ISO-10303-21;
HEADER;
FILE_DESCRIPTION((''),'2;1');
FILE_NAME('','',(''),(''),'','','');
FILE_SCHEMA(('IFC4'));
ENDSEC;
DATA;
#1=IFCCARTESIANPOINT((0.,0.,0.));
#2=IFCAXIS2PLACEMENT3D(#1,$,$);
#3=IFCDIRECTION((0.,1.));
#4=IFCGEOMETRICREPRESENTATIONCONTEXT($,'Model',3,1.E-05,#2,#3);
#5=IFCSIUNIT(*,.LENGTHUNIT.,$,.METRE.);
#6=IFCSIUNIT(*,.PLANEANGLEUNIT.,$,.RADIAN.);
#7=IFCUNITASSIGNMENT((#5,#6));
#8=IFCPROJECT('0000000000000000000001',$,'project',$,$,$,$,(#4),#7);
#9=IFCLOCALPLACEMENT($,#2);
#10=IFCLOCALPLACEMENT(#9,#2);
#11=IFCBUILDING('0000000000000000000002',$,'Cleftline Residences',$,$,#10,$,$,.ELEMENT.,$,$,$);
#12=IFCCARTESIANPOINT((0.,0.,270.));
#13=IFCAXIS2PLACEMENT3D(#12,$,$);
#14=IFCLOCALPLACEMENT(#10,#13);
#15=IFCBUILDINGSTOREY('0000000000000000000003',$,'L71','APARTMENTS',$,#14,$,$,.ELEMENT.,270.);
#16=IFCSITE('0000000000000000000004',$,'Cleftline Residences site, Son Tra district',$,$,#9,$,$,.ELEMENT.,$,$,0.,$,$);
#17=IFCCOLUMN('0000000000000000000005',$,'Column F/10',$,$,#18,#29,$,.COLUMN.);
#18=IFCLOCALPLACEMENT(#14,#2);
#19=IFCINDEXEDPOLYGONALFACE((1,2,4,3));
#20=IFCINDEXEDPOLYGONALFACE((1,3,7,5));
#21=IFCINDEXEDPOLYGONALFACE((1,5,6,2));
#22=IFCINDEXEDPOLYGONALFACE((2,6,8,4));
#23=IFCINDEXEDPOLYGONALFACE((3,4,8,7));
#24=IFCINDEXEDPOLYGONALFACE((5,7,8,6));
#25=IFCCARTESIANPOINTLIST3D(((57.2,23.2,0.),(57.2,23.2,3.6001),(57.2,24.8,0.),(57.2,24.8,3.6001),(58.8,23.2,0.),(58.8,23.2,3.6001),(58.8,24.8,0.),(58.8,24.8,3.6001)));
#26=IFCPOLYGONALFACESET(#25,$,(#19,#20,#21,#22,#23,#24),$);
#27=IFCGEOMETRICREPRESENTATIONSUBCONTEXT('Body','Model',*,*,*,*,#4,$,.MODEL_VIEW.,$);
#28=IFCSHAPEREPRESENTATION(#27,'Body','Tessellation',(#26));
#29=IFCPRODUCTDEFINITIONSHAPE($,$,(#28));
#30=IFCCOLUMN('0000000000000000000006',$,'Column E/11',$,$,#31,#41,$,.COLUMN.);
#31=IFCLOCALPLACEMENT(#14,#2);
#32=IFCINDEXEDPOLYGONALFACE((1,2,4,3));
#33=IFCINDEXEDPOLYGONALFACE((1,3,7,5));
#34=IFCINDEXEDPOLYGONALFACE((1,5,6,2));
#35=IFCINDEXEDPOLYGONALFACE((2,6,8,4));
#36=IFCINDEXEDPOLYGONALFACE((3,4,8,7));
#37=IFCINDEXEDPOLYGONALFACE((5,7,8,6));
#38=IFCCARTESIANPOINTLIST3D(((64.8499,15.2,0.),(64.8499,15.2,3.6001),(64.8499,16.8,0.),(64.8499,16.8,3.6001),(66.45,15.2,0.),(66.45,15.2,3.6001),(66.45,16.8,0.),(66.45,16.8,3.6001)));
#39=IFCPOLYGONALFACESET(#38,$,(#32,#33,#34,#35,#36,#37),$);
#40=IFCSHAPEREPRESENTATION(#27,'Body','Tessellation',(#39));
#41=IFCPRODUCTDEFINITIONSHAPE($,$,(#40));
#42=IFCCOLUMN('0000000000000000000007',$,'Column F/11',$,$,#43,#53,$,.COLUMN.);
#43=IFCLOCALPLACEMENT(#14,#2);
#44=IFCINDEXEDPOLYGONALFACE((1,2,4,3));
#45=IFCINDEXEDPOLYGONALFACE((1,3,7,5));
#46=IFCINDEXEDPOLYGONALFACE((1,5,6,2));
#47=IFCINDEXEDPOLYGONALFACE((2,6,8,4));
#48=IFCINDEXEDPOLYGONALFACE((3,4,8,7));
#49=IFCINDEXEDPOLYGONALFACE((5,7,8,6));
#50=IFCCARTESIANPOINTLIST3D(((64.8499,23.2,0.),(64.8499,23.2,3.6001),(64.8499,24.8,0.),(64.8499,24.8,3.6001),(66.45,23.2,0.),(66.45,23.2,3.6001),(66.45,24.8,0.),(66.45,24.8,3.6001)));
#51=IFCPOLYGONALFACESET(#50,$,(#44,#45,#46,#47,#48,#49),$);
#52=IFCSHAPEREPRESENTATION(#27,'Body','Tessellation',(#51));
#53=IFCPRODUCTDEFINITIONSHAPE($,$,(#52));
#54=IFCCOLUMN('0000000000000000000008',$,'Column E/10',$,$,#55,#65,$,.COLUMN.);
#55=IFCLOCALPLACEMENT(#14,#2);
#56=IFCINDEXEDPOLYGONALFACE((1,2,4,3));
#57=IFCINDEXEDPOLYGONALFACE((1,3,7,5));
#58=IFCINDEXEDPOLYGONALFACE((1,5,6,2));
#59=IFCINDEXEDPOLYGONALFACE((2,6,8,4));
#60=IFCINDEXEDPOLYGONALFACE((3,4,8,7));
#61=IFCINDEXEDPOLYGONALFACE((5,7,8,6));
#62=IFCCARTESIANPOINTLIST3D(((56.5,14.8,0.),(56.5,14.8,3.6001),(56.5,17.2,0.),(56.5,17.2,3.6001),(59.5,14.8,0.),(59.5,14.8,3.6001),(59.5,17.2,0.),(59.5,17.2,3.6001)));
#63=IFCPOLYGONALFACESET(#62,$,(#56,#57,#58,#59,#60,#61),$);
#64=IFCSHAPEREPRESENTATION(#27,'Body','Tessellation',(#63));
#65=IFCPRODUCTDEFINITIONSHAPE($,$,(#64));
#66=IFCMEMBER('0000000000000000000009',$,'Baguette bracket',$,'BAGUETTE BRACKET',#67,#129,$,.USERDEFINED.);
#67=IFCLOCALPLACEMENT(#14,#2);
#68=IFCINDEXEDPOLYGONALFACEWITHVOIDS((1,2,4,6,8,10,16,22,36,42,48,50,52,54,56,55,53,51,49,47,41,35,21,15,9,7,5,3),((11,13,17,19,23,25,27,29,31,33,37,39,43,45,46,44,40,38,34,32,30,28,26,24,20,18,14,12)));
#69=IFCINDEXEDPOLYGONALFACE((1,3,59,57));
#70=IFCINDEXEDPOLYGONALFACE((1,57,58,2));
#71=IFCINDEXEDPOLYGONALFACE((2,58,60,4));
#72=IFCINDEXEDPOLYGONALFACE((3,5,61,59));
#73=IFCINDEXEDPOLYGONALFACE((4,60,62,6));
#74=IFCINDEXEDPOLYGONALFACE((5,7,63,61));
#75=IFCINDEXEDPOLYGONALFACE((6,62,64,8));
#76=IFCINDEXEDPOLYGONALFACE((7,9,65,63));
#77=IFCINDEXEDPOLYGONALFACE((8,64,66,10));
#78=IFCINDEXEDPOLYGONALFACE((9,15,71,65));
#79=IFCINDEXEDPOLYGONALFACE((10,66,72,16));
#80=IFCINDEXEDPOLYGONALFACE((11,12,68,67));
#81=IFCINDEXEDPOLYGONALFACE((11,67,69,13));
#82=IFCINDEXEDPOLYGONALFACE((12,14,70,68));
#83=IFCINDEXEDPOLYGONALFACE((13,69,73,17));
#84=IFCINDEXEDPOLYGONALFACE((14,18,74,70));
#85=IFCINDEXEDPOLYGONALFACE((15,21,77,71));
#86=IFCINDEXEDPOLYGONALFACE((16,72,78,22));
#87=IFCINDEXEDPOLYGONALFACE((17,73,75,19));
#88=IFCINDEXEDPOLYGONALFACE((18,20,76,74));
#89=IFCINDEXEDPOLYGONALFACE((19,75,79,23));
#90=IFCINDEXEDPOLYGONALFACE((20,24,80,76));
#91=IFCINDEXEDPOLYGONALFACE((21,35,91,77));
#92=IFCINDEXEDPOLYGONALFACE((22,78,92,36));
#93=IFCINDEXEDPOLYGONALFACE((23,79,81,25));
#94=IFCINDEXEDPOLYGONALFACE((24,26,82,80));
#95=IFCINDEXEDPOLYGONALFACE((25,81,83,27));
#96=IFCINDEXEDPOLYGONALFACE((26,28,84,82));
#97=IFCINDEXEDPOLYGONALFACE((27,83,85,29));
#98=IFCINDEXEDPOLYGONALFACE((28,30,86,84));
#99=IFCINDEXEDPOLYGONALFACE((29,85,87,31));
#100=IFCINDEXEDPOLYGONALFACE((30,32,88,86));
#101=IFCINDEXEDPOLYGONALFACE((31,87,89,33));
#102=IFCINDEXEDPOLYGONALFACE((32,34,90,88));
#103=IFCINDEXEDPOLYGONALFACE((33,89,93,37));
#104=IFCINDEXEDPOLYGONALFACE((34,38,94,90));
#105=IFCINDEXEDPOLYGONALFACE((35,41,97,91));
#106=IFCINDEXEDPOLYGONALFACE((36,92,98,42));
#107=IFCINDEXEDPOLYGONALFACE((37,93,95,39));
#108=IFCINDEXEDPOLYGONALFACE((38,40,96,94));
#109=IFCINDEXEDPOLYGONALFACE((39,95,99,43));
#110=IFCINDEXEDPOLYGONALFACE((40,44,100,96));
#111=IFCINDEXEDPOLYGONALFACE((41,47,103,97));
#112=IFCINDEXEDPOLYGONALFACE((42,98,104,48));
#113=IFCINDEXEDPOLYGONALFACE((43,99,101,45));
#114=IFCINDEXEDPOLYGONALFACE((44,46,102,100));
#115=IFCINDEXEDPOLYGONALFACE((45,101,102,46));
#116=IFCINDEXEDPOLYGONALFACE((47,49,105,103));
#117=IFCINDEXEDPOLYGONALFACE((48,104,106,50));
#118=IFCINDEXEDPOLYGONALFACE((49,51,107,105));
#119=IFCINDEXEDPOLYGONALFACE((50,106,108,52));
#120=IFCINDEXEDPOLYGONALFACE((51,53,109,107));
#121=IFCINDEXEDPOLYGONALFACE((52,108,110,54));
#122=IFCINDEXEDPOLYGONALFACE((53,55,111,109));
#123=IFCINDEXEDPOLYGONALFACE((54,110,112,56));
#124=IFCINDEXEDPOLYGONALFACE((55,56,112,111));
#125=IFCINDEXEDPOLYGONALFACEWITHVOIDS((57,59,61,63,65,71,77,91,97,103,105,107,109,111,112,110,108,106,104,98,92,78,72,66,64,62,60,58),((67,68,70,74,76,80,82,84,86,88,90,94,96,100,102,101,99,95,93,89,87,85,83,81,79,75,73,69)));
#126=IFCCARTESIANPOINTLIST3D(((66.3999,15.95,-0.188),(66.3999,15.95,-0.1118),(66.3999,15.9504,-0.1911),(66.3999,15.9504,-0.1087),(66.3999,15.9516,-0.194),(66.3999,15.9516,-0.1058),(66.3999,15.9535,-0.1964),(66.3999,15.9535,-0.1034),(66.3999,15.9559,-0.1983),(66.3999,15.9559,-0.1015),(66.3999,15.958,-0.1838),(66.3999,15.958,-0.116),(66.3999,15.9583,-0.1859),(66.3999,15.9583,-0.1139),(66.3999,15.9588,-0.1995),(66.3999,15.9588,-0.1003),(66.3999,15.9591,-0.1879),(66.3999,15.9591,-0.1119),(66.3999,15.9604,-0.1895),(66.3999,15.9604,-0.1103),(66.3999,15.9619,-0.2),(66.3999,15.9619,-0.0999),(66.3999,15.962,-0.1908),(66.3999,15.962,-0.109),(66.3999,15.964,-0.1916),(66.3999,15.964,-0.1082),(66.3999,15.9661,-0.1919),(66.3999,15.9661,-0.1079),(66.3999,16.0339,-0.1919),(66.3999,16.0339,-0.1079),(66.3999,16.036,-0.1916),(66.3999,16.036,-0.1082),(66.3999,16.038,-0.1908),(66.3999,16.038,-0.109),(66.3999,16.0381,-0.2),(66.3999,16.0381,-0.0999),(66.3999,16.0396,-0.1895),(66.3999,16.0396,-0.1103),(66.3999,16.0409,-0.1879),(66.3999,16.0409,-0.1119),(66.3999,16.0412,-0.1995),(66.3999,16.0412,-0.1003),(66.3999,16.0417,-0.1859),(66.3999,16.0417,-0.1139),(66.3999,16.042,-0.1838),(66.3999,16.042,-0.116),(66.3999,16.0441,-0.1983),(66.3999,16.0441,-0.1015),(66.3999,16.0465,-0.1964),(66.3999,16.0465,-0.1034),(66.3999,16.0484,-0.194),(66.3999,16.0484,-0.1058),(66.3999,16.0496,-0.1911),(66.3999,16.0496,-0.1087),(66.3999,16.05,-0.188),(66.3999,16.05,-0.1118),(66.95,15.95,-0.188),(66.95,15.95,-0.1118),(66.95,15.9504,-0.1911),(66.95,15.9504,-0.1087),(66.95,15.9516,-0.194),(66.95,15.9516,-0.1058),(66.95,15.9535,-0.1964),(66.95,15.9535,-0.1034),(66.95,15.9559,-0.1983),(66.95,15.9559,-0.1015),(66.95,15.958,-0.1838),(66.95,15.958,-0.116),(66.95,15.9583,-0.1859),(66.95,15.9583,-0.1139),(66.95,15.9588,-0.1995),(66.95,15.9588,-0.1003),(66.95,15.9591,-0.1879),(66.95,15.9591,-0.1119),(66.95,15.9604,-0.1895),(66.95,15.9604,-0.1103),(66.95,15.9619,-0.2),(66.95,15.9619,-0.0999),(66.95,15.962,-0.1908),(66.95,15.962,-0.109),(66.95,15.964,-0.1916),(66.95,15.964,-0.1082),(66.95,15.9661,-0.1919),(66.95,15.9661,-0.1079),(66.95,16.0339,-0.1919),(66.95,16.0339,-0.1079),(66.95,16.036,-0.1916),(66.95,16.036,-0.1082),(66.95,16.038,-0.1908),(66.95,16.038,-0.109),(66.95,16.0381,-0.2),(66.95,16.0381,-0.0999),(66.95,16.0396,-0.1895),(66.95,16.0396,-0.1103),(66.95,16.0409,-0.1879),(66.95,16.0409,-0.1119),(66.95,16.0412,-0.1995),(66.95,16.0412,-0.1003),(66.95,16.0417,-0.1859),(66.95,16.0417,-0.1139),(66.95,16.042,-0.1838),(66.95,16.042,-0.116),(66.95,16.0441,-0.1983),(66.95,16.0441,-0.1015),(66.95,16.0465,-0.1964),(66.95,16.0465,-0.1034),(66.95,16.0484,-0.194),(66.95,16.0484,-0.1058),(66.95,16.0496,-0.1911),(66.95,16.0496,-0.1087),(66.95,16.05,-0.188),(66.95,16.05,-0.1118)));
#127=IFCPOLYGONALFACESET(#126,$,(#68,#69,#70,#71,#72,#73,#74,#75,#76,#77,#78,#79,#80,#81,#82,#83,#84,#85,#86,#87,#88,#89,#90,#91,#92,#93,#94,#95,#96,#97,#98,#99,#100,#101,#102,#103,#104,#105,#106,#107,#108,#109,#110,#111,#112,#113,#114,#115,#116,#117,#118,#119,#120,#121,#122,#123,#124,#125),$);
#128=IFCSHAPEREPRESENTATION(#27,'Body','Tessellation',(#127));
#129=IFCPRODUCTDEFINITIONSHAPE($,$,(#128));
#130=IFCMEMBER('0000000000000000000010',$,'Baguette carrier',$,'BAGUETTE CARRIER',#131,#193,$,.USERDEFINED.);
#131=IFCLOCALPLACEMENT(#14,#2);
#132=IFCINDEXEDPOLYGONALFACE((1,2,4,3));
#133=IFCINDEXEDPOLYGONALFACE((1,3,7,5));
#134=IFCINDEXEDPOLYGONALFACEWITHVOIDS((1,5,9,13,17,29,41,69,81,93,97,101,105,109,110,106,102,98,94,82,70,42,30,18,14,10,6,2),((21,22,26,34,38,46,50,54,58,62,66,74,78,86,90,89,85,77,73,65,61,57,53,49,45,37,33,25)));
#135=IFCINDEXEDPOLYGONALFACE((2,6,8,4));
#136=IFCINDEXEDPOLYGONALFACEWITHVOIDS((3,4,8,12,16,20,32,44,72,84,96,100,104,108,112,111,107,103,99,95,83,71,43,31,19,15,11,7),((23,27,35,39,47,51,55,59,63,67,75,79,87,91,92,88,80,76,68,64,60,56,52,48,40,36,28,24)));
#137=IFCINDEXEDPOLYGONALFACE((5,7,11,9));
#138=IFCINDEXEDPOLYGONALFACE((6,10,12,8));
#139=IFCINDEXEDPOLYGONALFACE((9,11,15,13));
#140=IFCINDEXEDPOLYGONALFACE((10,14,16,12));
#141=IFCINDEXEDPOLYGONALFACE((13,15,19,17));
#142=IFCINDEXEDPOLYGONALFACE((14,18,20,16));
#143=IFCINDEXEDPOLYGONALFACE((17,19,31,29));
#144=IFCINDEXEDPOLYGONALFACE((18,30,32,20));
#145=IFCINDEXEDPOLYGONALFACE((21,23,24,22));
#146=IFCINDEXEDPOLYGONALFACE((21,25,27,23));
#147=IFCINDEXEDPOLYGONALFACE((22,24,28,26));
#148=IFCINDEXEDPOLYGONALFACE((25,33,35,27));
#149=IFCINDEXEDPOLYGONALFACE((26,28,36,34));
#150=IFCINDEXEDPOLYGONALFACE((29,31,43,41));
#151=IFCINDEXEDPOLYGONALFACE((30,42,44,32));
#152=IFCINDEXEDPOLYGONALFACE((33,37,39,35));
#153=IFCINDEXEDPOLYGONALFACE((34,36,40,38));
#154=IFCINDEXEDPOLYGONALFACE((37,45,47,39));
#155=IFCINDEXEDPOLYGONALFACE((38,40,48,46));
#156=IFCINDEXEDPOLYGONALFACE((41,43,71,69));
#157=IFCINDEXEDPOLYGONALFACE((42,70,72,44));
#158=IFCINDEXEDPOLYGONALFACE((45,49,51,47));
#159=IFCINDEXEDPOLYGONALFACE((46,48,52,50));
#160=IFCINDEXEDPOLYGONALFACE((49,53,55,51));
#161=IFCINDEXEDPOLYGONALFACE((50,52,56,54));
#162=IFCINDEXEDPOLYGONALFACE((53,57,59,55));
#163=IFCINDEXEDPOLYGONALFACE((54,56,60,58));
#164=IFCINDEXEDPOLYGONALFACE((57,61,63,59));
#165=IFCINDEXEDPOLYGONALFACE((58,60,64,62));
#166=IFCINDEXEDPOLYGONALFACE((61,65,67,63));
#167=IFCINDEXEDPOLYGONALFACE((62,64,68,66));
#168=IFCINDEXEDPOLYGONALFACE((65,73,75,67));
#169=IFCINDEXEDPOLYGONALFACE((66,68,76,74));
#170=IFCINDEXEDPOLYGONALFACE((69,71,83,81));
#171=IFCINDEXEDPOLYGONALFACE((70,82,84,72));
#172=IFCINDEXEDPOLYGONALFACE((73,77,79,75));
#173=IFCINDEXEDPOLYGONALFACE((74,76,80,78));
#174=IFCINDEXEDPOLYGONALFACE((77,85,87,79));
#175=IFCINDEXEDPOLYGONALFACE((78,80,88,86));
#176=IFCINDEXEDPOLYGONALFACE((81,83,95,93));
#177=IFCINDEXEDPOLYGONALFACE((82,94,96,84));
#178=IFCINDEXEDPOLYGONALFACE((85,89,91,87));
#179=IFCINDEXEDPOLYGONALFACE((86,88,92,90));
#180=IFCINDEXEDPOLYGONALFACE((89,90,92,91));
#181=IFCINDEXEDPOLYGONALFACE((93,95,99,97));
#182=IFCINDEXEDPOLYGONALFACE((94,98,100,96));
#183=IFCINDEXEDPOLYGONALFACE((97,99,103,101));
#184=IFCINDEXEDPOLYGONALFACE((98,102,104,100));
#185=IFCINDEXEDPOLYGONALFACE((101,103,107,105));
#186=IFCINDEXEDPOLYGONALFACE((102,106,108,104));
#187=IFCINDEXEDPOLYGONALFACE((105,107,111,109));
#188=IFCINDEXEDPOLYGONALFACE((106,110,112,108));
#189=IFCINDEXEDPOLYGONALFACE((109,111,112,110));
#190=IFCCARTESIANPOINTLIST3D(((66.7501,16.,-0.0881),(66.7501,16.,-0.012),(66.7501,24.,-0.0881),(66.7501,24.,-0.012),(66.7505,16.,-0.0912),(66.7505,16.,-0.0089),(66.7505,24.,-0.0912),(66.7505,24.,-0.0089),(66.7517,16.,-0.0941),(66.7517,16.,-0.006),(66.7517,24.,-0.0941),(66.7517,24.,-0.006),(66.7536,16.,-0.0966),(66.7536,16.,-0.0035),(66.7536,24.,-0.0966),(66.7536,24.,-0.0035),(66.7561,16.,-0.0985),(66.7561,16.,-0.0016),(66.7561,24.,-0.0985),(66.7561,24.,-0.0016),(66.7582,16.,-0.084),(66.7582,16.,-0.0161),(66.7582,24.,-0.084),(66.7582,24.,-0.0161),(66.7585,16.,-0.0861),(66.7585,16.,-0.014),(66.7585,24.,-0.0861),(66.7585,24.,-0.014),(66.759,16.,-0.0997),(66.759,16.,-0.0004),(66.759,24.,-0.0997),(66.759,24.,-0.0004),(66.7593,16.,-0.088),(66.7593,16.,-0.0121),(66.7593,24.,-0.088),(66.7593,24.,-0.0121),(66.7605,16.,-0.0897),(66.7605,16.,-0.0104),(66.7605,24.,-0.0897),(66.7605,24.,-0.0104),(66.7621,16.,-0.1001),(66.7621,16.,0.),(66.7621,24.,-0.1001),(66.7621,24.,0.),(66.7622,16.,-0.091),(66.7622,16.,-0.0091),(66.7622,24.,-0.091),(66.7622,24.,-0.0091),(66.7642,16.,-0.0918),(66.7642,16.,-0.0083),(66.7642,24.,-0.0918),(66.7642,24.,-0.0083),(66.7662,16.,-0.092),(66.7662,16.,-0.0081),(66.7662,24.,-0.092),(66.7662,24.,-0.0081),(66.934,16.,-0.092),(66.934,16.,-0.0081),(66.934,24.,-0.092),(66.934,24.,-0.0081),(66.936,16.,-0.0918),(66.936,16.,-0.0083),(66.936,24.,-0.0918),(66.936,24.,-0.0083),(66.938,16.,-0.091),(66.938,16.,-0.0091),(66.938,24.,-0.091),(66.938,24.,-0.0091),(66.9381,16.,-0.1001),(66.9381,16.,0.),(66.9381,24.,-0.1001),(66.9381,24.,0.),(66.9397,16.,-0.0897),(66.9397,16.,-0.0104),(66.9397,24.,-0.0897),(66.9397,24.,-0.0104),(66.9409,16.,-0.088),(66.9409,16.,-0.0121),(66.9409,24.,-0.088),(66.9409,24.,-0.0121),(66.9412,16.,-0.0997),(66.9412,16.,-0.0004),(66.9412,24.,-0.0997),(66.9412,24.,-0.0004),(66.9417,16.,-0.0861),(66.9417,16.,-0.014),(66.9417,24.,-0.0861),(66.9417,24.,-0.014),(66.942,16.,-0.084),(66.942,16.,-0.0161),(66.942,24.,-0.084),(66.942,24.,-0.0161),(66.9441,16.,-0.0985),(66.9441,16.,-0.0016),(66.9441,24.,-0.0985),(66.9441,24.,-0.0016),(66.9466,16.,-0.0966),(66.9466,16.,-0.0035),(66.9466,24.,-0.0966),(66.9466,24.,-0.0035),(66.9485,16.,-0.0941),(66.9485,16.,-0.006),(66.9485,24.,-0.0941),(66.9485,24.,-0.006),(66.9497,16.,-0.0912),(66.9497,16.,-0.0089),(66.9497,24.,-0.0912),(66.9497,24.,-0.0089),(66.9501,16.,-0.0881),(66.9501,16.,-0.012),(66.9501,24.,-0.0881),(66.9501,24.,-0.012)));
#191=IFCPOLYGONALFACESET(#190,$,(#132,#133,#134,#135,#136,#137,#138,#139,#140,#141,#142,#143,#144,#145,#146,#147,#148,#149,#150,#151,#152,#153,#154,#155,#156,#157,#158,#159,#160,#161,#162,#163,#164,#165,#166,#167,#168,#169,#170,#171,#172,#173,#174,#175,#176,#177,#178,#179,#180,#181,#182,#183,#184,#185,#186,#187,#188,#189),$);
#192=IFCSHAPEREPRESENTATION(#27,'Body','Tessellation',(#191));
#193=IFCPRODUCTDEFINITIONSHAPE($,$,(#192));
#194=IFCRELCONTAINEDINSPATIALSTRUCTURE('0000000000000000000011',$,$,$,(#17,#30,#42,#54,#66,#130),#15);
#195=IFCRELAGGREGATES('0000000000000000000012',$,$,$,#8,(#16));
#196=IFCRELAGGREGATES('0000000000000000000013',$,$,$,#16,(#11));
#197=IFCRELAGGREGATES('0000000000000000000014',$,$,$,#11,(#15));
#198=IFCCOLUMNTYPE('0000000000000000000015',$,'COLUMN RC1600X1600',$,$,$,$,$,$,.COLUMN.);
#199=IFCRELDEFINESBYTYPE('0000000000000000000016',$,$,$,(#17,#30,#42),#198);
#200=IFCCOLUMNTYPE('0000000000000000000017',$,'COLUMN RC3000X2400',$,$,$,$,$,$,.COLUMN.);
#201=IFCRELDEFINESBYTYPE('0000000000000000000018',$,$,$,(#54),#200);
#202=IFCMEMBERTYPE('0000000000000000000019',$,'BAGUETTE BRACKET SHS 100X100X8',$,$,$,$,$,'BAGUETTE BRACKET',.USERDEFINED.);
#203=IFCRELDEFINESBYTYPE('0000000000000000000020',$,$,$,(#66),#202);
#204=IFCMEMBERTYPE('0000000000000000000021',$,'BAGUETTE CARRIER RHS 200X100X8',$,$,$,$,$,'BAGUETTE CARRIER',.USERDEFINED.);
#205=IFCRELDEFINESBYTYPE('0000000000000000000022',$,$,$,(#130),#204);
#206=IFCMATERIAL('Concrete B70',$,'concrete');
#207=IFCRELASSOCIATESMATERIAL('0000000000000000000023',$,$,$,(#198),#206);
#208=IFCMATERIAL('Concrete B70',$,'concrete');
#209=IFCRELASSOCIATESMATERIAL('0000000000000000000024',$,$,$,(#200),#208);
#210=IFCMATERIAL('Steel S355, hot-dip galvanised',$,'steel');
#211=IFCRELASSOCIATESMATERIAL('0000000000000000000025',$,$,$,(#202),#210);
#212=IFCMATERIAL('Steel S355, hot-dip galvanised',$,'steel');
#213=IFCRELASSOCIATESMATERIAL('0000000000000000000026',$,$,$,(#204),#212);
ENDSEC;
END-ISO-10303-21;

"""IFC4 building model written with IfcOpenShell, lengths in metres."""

from ifc_helpers import new_model, si_unit, direction, frame, origin, origin_2d, place, context, subcontext, project, spatial, rectangle, hollow_rectangle, extrude, material, material_profile, profile_set, type_object, element, save


model = new_model("IFC4")

# Units and contexts
model_context = context("Model", 3, precision=1e-05, world=origin(), true_north=direction((0.0, 1.0)))
body_context = subcontext(model_context, "Body", "Model", "MODEL_VIEW")
ifc_project = project(units=[si_unit("LENGTHUNIT", "METRE"), si_unit("PLANEANGLEUNIT", "RADIAN")], contexts=[model_context])

# Site, building, storey
site_placement = place(None, origin())
site = spatial("IfcSite", under=ifc_project, at=site_placement, Name="Cleftline Residences site, Son Tra district", CompositionType="ELEMENT", RefElevation=0.0)
building_placement = place(site_placement, origin())
building = spatial("IfcBuilding", under=site, at=building_placement, Name="Cleftline Residences", CompositionType="ELEMENT")
storey_placement = place(building_placement, frame((0.0, 0.0, 270.0)))
storey = spatial("IfcBuildingStorey", under=building, at=storey_placement, Name="L71", Description="APARTMENTS", CompositionType="ELEMENT", Elevation=270.0)

# Columns
ifc_material_1 = material(Name="Concrete B70", Category="concrete")
ifc_material_profile_1 = material_profile(ifc_material_1, rectangle(XDim=1.6001, YDim=1.6001, at=origin_2d()))
ifc_profile_set_1 = profile_set([ifc_material_profile_1], Name="Concrete B70")
column_type_1 = type_object("IfcColumnType", Name="COLUMN RC1600X1600", PredefinedType="COLUMN", material=ifc_profile_set_1)
for number, where, z_axis, x_axis, name in (
    (1, (58.0, 24.0, 0.0), (0.0, 0.0, 1.0), (1.0, 0.0, 0.0), "Column F/10"),
    (2, (65.6499, 16.0, 0.0), (0.0, 0.0, 1.0), (1.0, 0.0, 0.0), "Column E/11"),
    (3, (65.6499, 24.0, 0.0), (0.0, 0.0, 1.0), (1.0, 0.0, 0.0), "Column F/11"),
):
    element("IfcColumn", number, at=place(storey_placement, frame(where, z_axis=z_axis, x_axis=x_axis)), inside=storey, type_object=column_type_1, Name=name, PredefinedType="COLUMN", context=body_context, shape_type="SweptSolid", body=[
        extrude(rectangle(XDim=1.6001, YDim=1.6001, at=origin_2d()), origin(), (0.0, 0.0, 1.0), 3.6001),
    ])
ifc_material_2 = material(Name="Concrete B70", Category="concrete")
ifc_material_profile_2 = material_profile(ifc_material_2, rectangle(XDim=3.0, YDim=2.3999, at=origin_2d()))
ifc_profile_set_2 = profile_set([ifc_material_profile_2], Name="Concrete B70")
column_type_2 = type_object("IfcColumnType", Name="COLUMN RC3000X2400", PredefinedType="COLUMN", material=ifc_profile_set_2)
column_placement = place(storey_placement, frame((58.0, 16.0, 0.0), z_axis=(0.0, 0.0, 1.0), x_axis=(1.0, 0.0, 0.0)))
element("IfcColumn", 4, at=column_placement, inside=storey, type_object=column_type_2, Name="Column E/10", PredefinedType="COLUMN", context=body_context, shape_type="SweptSolid", body=[
    extrude(rectangle(XDim=3.0, YDim=2.3999, at=origin_2d()), origin(), (0.0, 0.0, 1.0), 3.6001),
])

# Members
ifc_material_3 = material(Name="Steel S355, hot-dip galvanised", Category="steel")
ifc_material_profile_3 = material_profile(ifc_material_3, hollow_rectangle(XDim=0.1001, YDim=0.1001, WallThickness=0.0081, InnerFilletRadius=0.0081, OuterFilletRadius=0.012, at=origin_2d()))
ifc_profile_set_3 = profile_set([ifc_material_profile_3], Name="Steel S355, hot-dip galvanised")
member_type_1 = type_object("IfcMemberType", Name="BAGUETTE BRACKET SHS 100X100X8", ElementType="BAGUETTE BRACKET", PredefinedType="USERDEFINED", material=ifc_profile_set_3)
member_1_placement = place(storey_placement, frame((66.3999, 16.0, -0.1499), z_axis=(1.0, 0.0, 0.0), x_axis=(0.0, 1.0, 0.0)))
element("IfcMember", 5, at=member_1_placement, inside=storey, type_object=member_type_1, Name="Baguette bracket", ObjectType="BAGUETTE BRACKET", PredefinedType="USERDEFINED", context=body_context, shape_type="SweptSolid", body=[
    extrude(hollow_rectangle(XDim=0.1001, YDim=0.1001, WallThickness=0.0081, InnerFilletRadius=0.0081, OuterFilletRadius=0.012, at=origin_2d()), origin(), (0.0, 0.0, 1.0), 0.55),
])
ifc_material_4 = material(Name="Steel S355, hot-dip galvanised", Category="steel")
ifc_material_profile_4 = material_profile(ifc_material_4, hollow_rectangle(XDim=0.1001, YDim=0.2, WallThickness=0.0081, InnerFilletRadius=0.0081, OuterFilletRadius=0.012, at=origin_2d()))
ifc_profile_set_4 = profile_set([ifc_material_profile_4], Name="Steel S355, hot-dip galvanised")
member_type_2 = type_object("IfcMemberType", Name="BAGUETTE CARRIER RHS 200X100X8", ElementType="BAGUETTE CARRIER", PredefinedType="USERDEFINED", material=ifc_profile_set_4)
member_2_placement = place(storey_placement, frame((66.8501, 16.0, -0.05), z_axis=(0.0, 1.0, 0.0), x_axis=(0.0, 0.0, 1.0)))
element("IfcMember", 6, at=member_2_placement, inside=storey, type_object=member_type_2, Name="Baguette carrier", ObjectType="BAGUETTE CARRIER", PredefinedType="USERDEFINED", context=body_context, shape_type="SweptSolid", body=[
    extrude(hollow_rectangle(XDim=0.1001, YDim=0.2, WallThickness=0.0081, InnerFilletRadius=0.0081, OuterFilletRadius=0.012, at=origin_2d()), origin(), (0.0, 0.0, 1.0), 8.0),
])

save(model, "model.ifc")
